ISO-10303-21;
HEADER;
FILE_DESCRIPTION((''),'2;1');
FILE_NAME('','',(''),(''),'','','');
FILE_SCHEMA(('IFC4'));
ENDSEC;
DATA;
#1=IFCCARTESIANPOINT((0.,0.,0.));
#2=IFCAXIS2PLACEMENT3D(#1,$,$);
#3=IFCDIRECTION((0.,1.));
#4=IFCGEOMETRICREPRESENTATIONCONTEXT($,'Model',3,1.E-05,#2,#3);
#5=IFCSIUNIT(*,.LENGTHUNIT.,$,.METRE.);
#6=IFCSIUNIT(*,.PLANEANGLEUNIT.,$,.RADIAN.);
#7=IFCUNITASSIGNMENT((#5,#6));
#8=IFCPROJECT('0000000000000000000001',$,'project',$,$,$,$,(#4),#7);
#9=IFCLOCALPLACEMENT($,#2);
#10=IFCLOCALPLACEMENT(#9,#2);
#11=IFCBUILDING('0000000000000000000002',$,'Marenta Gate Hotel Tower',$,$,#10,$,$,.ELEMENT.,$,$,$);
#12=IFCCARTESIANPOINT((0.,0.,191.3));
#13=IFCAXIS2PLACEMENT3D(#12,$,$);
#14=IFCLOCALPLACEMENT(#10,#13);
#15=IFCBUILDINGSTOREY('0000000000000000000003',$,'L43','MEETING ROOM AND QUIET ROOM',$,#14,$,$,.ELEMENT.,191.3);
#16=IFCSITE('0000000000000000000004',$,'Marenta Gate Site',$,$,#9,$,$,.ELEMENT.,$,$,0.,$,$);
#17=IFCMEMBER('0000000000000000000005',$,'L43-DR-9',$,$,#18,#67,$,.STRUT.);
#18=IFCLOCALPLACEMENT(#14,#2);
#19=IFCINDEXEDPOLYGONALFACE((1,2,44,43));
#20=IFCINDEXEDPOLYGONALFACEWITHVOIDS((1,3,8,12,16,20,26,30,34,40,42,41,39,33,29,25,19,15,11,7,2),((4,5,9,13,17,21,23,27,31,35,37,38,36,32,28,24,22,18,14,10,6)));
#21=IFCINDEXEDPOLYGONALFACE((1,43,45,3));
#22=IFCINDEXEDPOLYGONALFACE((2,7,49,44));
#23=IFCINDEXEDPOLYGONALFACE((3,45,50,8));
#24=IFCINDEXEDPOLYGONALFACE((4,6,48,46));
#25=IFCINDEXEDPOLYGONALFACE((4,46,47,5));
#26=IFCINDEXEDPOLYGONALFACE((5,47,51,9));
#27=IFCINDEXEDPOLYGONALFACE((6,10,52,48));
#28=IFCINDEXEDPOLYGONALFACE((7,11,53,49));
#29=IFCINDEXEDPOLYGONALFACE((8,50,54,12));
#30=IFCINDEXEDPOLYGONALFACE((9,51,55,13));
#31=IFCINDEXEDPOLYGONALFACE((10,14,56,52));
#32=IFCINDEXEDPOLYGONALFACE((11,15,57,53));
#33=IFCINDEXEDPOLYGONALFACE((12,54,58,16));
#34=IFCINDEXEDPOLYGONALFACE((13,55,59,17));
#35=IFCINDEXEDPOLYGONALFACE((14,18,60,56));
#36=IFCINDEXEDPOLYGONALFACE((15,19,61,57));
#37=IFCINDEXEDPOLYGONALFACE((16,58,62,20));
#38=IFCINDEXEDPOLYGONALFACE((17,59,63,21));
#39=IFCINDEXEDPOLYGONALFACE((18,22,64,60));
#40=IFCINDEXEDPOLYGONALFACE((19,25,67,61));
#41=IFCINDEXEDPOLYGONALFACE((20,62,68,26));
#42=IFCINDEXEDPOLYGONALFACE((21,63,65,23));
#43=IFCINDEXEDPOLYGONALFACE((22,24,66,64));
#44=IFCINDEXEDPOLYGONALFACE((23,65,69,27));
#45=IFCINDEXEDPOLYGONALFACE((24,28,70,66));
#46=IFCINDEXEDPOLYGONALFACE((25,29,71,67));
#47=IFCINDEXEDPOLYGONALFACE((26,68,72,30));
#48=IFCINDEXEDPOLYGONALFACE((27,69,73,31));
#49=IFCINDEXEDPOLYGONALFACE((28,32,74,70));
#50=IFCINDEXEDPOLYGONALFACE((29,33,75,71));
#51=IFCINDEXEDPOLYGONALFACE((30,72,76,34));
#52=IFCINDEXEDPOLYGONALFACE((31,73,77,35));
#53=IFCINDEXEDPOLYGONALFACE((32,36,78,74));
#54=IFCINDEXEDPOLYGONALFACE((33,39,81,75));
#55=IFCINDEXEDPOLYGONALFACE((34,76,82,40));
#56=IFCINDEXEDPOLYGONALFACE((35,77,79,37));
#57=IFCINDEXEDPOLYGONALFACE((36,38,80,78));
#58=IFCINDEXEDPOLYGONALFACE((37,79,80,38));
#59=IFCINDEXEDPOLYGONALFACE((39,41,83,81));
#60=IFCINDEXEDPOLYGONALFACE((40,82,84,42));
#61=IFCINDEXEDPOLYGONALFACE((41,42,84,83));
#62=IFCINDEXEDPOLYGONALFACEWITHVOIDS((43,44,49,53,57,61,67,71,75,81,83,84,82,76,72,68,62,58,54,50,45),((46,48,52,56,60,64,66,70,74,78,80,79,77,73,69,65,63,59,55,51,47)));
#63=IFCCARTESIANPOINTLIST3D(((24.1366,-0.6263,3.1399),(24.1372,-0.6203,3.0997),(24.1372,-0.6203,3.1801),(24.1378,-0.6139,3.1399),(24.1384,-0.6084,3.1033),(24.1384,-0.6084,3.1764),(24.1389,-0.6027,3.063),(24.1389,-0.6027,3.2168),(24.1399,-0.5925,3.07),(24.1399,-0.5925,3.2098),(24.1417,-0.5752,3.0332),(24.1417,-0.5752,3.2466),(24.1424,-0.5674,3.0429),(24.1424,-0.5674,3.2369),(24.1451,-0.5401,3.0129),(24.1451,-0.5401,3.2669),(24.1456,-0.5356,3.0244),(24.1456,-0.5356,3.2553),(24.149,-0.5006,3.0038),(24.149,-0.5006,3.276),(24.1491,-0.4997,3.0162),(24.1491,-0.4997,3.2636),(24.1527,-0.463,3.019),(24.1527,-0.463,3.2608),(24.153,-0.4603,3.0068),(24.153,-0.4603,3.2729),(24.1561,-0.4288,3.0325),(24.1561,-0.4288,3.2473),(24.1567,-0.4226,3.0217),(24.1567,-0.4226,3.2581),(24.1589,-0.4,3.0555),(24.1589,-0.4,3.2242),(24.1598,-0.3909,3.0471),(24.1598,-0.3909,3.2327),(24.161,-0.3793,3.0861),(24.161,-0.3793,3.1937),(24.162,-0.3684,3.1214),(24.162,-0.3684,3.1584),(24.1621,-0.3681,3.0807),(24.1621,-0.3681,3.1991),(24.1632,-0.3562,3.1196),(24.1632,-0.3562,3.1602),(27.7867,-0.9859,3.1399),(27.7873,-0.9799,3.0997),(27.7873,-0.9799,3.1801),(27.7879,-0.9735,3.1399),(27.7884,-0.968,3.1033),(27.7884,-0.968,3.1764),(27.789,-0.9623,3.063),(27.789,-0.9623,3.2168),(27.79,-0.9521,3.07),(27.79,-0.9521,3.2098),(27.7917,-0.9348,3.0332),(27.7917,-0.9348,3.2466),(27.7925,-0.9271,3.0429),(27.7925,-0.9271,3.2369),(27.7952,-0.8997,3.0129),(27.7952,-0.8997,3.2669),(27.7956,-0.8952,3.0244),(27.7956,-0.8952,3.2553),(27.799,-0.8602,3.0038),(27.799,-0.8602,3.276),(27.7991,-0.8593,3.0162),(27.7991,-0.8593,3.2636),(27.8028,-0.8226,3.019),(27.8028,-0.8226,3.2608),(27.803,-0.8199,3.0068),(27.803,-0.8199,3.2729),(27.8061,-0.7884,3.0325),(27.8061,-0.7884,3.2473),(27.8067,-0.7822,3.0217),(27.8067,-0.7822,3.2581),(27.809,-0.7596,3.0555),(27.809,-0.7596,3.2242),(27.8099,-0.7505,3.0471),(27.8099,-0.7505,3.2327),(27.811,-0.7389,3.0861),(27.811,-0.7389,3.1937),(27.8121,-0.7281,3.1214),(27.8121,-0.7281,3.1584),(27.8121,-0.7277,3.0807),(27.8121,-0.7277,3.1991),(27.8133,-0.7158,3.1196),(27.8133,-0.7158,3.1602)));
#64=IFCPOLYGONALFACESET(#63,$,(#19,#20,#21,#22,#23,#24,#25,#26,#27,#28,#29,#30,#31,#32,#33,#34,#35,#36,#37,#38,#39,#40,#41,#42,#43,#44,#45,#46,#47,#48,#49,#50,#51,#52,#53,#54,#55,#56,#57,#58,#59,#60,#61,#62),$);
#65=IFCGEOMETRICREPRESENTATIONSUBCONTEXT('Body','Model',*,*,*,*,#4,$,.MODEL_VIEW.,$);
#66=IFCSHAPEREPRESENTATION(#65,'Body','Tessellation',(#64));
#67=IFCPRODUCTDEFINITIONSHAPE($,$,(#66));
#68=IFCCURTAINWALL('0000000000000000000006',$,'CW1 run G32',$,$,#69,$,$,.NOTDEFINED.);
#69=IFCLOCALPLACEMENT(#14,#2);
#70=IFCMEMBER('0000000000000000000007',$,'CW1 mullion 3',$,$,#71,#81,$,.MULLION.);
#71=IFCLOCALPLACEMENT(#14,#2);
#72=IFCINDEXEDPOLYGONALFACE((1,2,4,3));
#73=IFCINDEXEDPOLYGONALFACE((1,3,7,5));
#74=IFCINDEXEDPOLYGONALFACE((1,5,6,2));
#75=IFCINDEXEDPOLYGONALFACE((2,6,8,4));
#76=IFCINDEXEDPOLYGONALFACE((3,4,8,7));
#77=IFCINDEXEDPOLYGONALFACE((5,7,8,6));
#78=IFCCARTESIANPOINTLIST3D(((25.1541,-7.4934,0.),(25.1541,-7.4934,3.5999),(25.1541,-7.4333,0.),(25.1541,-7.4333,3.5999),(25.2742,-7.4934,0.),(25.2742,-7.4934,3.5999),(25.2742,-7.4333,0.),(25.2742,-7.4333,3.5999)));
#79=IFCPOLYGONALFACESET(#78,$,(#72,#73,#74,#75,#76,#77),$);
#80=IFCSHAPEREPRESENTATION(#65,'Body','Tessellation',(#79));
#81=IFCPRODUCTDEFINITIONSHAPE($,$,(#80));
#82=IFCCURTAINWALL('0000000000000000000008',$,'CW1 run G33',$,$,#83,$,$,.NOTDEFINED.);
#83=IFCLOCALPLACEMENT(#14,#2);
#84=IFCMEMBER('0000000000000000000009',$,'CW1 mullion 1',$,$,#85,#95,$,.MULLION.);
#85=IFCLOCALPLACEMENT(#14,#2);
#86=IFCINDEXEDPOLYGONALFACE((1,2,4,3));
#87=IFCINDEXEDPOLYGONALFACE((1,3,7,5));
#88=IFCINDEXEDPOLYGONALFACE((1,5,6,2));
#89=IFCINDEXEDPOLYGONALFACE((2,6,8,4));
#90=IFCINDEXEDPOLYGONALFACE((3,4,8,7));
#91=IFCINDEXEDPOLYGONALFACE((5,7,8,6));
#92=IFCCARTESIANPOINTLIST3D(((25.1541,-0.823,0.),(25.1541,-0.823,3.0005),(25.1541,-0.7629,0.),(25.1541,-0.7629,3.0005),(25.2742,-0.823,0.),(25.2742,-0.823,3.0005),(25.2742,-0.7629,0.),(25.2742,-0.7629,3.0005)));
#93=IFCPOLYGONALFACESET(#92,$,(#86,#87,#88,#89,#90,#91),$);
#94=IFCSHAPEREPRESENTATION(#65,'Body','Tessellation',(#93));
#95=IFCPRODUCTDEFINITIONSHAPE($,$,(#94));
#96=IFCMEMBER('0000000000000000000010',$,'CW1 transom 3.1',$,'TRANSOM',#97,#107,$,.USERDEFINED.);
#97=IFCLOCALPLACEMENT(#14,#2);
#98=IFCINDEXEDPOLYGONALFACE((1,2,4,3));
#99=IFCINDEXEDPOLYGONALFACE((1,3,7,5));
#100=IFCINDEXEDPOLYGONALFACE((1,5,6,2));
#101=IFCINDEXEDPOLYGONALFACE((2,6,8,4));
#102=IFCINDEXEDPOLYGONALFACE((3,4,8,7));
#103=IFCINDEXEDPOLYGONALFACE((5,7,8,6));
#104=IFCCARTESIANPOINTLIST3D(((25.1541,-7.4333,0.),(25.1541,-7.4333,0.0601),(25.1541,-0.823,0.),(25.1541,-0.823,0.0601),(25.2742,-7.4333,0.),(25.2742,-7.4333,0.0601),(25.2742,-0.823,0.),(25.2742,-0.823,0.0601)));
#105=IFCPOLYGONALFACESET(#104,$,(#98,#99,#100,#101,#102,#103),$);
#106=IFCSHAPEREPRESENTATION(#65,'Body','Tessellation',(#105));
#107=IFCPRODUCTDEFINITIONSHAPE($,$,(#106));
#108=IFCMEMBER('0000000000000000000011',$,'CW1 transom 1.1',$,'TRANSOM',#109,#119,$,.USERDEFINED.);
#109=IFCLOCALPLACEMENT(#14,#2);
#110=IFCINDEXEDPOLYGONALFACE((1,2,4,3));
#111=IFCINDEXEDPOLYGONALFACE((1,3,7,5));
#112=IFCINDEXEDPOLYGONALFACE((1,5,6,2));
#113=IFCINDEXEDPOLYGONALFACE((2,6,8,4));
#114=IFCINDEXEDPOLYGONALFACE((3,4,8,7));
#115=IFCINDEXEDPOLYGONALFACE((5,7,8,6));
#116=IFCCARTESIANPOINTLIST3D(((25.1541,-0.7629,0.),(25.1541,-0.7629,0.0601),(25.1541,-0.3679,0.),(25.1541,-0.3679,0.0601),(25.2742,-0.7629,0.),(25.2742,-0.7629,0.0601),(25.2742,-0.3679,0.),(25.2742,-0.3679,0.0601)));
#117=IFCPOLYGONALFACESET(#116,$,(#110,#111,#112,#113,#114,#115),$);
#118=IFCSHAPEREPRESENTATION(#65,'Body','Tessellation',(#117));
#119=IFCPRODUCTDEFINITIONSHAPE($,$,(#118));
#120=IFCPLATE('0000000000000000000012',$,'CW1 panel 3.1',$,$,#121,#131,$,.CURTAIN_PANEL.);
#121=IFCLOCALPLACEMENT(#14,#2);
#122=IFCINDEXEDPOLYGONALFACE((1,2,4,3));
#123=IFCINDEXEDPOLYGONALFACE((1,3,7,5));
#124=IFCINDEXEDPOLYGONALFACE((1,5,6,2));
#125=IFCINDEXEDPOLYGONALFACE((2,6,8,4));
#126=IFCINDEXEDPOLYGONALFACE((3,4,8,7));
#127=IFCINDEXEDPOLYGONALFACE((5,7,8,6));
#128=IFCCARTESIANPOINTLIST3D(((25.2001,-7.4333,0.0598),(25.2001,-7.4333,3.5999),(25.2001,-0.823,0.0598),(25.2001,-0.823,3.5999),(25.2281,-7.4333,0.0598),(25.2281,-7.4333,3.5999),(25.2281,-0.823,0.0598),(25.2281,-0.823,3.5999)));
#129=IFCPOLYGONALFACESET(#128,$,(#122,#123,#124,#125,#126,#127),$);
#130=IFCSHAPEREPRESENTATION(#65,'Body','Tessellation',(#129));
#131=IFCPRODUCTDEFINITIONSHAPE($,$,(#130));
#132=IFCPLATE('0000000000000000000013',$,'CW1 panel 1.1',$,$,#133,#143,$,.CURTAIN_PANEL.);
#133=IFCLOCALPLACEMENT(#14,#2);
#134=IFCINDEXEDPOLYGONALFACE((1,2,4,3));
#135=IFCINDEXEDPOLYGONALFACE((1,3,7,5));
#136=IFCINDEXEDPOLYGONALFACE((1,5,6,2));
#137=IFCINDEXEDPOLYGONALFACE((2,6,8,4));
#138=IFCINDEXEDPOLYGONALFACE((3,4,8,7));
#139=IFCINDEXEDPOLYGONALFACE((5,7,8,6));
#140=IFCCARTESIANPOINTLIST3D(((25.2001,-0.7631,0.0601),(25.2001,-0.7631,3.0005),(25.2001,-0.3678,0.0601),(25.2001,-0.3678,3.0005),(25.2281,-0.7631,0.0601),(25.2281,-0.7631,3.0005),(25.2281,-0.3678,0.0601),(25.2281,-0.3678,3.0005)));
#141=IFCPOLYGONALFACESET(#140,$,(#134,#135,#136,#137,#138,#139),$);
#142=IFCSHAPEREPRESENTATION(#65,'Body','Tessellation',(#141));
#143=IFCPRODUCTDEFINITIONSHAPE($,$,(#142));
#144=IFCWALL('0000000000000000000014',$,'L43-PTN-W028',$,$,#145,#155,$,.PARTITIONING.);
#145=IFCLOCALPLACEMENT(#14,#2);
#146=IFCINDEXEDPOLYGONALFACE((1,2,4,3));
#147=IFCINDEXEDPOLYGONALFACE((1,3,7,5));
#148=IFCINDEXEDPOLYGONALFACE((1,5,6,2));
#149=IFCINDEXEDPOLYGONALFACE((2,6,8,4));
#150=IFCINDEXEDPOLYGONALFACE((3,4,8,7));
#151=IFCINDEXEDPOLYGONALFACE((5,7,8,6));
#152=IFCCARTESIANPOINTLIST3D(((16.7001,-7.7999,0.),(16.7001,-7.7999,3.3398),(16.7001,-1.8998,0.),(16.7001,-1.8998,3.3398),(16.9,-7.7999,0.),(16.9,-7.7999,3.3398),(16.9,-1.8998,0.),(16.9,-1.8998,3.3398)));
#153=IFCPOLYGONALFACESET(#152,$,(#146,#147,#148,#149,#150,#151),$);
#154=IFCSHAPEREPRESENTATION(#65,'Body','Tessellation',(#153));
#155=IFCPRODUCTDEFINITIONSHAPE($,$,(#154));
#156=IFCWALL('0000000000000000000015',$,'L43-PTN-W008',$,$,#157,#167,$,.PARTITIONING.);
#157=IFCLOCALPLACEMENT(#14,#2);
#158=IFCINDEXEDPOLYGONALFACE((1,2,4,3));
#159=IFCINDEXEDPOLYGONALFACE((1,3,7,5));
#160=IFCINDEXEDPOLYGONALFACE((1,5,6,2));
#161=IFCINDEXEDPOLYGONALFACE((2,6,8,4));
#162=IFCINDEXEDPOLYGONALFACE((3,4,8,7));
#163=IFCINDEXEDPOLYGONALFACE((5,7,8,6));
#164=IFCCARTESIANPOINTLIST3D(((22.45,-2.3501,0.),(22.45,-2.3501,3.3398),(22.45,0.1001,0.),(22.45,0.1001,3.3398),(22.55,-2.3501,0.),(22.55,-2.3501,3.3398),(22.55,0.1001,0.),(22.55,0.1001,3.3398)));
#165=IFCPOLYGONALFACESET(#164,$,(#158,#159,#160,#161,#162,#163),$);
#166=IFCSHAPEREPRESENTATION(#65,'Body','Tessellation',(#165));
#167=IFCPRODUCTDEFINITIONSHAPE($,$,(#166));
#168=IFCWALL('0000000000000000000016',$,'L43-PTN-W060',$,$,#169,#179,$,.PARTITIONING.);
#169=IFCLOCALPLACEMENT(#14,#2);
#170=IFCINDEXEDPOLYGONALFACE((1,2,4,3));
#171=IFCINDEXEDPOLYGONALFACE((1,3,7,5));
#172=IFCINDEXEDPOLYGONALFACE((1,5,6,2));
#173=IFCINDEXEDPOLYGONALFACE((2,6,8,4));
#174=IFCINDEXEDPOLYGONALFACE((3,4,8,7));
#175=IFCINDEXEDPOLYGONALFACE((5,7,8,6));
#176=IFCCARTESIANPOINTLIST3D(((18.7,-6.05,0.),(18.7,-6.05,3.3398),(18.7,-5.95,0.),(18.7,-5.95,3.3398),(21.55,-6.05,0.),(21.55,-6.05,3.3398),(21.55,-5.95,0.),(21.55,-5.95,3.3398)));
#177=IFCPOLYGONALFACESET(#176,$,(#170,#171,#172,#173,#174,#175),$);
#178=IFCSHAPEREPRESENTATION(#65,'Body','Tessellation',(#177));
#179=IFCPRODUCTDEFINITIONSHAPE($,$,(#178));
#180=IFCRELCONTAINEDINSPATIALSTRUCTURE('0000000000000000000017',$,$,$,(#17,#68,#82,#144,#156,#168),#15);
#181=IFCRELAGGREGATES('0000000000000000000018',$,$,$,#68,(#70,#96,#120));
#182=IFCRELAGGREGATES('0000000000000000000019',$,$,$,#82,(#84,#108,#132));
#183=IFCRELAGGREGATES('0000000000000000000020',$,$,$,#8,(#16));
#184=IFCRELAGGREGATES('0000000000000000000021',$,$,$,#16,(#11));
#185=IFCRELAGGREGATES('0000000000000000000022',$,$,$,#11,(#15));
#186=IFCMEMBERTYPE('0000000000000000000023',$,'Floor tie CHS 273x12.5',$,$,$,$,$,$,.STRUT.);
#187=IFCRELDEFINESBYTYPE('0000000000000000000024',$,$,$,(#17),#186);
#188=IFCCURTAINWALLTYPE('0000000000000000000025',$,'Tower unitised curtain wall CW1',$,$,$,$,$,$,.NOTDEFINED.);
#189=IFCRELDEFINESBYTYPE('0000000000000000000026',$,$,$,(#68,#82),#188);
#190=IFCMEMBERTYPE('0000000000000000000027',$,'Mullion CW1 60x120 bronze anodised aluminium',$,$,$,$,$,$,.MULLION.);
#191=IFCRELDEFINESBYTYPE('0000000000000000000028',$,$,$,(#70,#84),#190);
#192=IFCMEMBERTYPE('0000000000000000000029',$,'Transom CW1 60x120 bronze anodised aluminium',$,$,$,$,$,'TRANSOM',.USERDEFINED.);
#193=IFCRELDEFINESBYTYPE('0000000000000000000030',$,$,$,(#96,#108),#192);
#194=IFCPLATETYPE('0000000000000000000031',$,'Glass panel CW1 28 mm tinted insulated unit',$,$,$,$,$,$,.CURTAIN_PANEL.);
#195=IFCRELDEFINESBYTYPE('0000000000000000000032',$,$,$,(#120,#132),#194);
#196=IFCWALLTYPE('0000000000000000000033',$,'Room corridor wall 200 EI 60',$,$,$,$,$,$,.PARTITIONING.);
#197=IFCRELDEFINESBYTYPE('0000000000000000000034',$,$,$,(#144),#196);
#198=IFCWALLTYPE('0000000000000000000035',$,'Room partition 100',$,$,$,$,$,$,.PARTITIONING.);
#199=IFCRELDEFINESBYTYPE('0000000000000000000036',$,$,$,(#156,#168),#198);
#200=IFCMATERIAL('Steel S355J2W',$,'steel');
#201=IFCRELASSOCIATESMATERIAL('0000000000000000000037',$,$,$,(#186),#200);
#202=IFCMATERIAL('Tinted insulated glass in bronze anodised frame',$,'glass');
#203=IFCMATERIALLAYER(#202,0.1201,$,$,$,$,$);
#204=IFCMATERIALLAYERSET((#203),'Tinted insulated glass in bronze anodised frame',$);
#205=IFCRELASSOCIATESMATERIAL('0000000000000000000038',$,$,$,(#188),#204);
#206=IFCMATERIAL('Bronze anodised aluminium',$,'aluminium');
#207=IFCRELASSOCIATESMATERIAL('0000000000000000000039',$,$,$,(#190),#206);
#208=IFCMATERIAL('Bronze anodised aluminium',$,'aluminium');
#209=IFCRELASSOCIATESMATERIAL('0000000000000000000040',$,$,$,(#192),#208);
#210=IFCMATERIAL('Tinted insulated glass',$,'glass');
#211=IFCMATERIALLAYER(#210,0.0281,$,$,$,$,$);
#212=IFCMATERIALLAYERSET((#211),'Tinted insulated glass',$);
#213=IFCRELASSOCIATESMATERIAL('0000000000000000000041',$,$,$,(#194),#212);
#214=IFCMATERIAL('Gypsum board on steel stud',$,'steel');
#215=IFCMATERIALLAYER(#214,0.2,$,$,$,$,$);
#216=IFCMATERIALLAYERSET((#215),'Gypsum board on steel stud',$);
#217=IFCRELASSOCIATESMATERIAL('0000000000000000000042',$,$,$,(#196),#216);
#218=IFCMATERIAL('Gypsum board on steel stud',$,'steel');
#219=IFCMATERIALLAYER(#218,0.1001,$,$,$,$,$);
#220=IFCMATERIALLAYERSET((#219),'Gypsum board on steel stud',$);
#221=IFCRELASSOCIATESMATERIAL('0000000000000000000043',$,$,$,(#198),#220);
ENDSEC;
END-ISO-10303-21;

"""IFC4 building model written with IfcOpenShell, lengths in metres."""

from ifc_helpers import new_model, si_unit, direction, frame, frame_2d, origin, origin_2d, place, context, subcontext, project, spatial, rectangle, hollow_circle, extrude, material, layer, layer_set, material_profile, profile_set, type_object, element, aggregate, save


model = new_model("IFC4")

# Units and contexts
model_context = context("Model", 3, precision=1e-05, world=origin(), true_north=direction((0.0, 1.0)))
body_context = subcontext(model_context, "Body", "Model", "MODEL_VIEW")
ifc_project = project(units=[si_unit("LENGTHUNIT", "METRE"), si_unit("PLANEANGLEUNIT", "RADIAN")], contexts=[model_context])

# Site, building, storey
site_placement = place(None, origin())
site = spatial("IfcSite", under=ifc_project, at=site_placement, Name="Marenta Gate Site", CompositionType="ELEMENT", RefElevation=0.0)
building_placement = place(site_placement, origin())
building = spatial("IfcBuilding", under=site, at=building_placement, Name="Marenta Gate Hotel Tower", CompositionType="ELEMENT")
storey_placement = place(building_placement, frame((0.0, 0.0, 191.3)))
storey = spatial("IfcBuildingStorey", under=building, at=storey_placement, Name="L43", Description="MEETING ROOM AND QUIET ROOM", CompositionType="ELEMENT", Elevation=191.3)

# Member
ifc_material_1 = material(Name="Steel S355J2W", Category="steel")
ifc_material_profile_1 = material_profile(ifc_material_1, hollow_circle(Radius=0.1365, WallThickness=0.0125, at=origin_2d()), Name="CHS 273x12.5")
ifc_profile_set_1 = profile_set([ifc_material_profile_1], Name="Steel S355J2W")
member_type_1 = type_object("IfcMemberType", Name="Floor tie CHS 273x12.5", PredefinedType="STRUT", material=ifc_profile_set_1)
member_1_placement = place(storey_placement, frame((27.8, -0.8501, 3.1399), z_axis=(-0.995182, 0.098047, 0.0), x_axis=(-0.098047, -0.995182, 0.0)))
element("IfcMember", 1, at=member_1_placement, inside=storey, type_object=member_type_1, Name="L43-DR-9", PredefinedType="STRUT", context=body_context, shape_type="SweptSolid", body=[
    extrude(hollow_circle(Radius=0.1365, WallThickness=0.0125, at=origin_2d()), origin(), (0.0, 0.0, 1.0), 3.6677),
])

# Curtain walls, members
ifc_material_2 = material(Name="Tinted insulated glass in bronze anodised frame", Category="glass")
ifc_layer_1 = layer(ifc_material_2, 0.1201)
ifc_layer_set_1 = layer_set([ifc_layer_1], Name="Tinted insulated glass in bronze anodised frame")
curtain_wall_type = type_object("IfcCurtainWallType", Name="Tower unitised curtain wall CW1", PredefinedType="NOTDEFINED", material=ifc_layer_set_1)
curtain_wall_1_placement = place(storey_placement, origin())
curtain_wall_1 = element("IfcCurtainWall", 2, at=curtain_wall_1_placement, inside=storey, type_object=curtain_wall_type, Name="CW1 run G32", PredefinedType="NOTDEFINED")
ifc_material_3 = material(Name="Bronze anodised aluminium", Category="aluminium")
ifc_material_profile_2 = material_profile(ifc_material_3, rectangle(XDim=0.1201, YDim=0.0601, at=origin_2d()), Name="Mullion CW1 60x120 bronze anodised aluminium")
ifc_profile_set_2 = profile_set([ifc_material_profile_2], Name="Bronze anodised aluminium")
member_type_2 = type_object("IfcMemberType", Name="Mullion CW1 60x120 bronze anodised aluminium", PredefinedType="MULLION", material=ifc_profile_set_2)
member_2_placement = place(storey_placement, frame((25.2141, -7.4634, 0.0), z_axis=(0.0, 0.0, 1.0), x_axis=(-1.0, 0.0, 0.0)))
member_2 = element("IfcMember", 3, at=member_2_placement, type_object=member_type_2, Name="CW1 mullion 3", PredefinedType="MULLION", context=body_context, shape_type="SweptSolid", body=[
    extrude(rectangle(XDim=0.1201, YDim=0.0601, at=origin_2d()), origin(), (0.0, 0.0, 1.0), 3.5999),
])
curtain_wall_2_placement = place(storey_placement, origin())
curtain_wall_2 = element("IfcCurtainWall", 4, at=curtain_wall_2_placement, inside=storey, type_object=curtain_wall_type, Name="CW1 run G33", PredefinedType="NOTDEFINED")
member_3_placement = place(storey_placement, frame((25.2141, -0.793, 0.0), z_axis=(0.0, 0.0, 1.0), x_axis=(-1.0, 0.0, 0.0)))
member_3 = element("IfcMember", 5, at=member_3_placement, type_object=member_type_2, Name="CW1 mullion 1", PredefinedType="MULLION", context=body_context, shape_type="SweptSolid", body=[
    extrude(rectangle(XDim=0.1201, YDim=0.0601, at=origin_2d()), origin(), (0.0, 0.0, 1.0), 3.0005),
])

# Members
ifc_material_4 = material(Name="Bronze anodised aluminium", Category="aluminium")
ifc_material_profile_3 = material_profile(ifc_material_4, rectangle(XDim=0.1201, YDim=0.0601, at=origin_2d()), Name="Transom CW1 60x120 bronze anodised aluminium")
ifc_profile_set_3 = profile_set([ifc_material_profile_3], Name="Bronze anodised aluminium")
member_type_3 = type_object("IfcMemberType", Name="Transom CW1 60x120 bronze anodised aluminium", ElementType="TRANSOM", PredefinedType="USERDEFINED", material=ifc_profile_set_3)
member_4_placement = place(storey_placement, frame((25.2141, -7.4333, 0.03), z_axis=(0.0, 1.0, 0.0), x_axis=(-1.0, 0.0, 0.0)))
member_4 = element("IfcMember", 6, at=member_4_placement, type_object=member_type_3, Name="CW1 transom 3.1", ObjectType="TRANSOM", PredefinedType="USERDEFINED", context=body_context, shape_type="SweptSolid", body=[
    extrude(rectangle(XDim=0.1201, YDim=0.0601, at=origin_2d()), origin(), (0.0, 0.0, 1.0), 6.6104),
])
member_5_placement = place(storey_placement, frame((25.2141, -0.7629, 0.03), z_axis=(0.0, 1.0, 0.0), x_axis=(-1.0, 0.0, 0.0)))
member_5 = element("IfcMember", 7, at=member_5_placement, type_object=member_type_3, Name="CW1 transom 1.1", ObjectType="TRANSOM", PredefinedType="USERDEFINED", context=body_context, shape_type="SweptSolid", body=[
    extrude(rectangle(XDim=0.1201, YDim=0.0601, at=origin_2d()), origin(), (0.0, 0.0, 1.0), 0.395),
])

# Plates
ifc_material_5 = material(Name="Tinted insulated glass", Category="glass")
ifc_layer_2 = layer(ifc_material_5, 0.0281)
ifc_layer_set_2 = layer_set([ifc_layer_2], Name="Tinted insulated glass")
plate_type = type_object("IfcPlateType", Name="Glass panel CW1 28 mm tinted insulated unit", PredefinedType="CURTAIN_PANEL", material=ifc_layer_set_2)
plate_1_placement = place(storey_placement, frame((25.2141, -4.1282, 0.0598), z_axis=(0.0, 0.0, 1.0), x_axis=(0.0, 1.0, 0.0)))
plate_1 = element("IfcPlate", 8, at=plate_1_placement, type_object=plate_type, Name="CW1 panel 3.1", PredefinedType="CURTAIN_PANEL", context=body_context, shape_type="SweptSolid", body=[
    extrude(rectangle(XDim=6.6104, YDim=0.0281, at=origin_2d()), origin(), (0.0, 0.0, 1.0), 3.54),
])
aggregate(curtain_wall_1, [member_2, member_4, plate_1])
plate_2_placement = place(storey_placement, frame((25.2141, -0.5654, 0.0601), z_axis=(0.0, 0.0, 1.0), x_axis=(0.0, 1.0, 0.0)))
plate_2 = element("IfcPlate", 9, at=plate_2_placement, type_object=plate_type, Name="CW1 panel 1.1", PredefinedType="CURTAIN_PANEL", context=body_context, shape_type="SweptSolid", body=[
    extrude(rectangle(XDim=0.3953, YDim=0.0281, at=origin_2d()), origin(), (0.0, 0.0, 1.0), 2.9404),
])
aggregate(curtain_wall_2, [member_3, member_5, plate_2])

# Walls
ifc_material_6 = material(Name="Gypsum board on steel stud", Category="steel")
ifc_layer_3 = layer(ifc_material_6, 0.2)
ifc_layer_set_3 = layer_set([ifc_layer_3], Name="Gypsum board on steel stud")
wall_type_1 = type_object("IfcWallType", Name="Room corridor wall 200 EI 60", PredefinedType="PARTITIONING", material=ifc_layer_set_3)
wall_1_placement = place(storey_placement, frame((16.8, -7.8, 0.0), z_axis=(0.0, 0.0, 1.0), x_axis=(0.0, 1.0, 0.0)))
element("IfcWall", 10, at=wall_1_placement, inside=storey, type_object=wall_type_1, Name="L43-PTN-W028", PredefinedType="PARTITIONING", context=body_context, shape_type="SweptSolid", body=[
    extrude(rectangle(XDim=5.9001, YDim=0.2, at=frame_2d((2.9502, 0.0))), origin(), (0.0, 0.0, 1.0), 3.3398),
])
ifc_material_7 = material(Name="Gypsum board on steel stud", Category="steel")
ifc_layer_4 = layer(ifc_material_7, 0.1001)
ifc_layer_set_4 = layer_set([ifc_layer_4], Name="Gypsum board on steel stud")
wall_type_2 = type_object("IfcWallType", Name="Room partition 100", PredefinedType="PARTITIONING", material=ifc_layer_set_4)
wall_2_placement = place(storey_placement, frame((22.5, -2.3501, 0.0), z_axis=(0.0, 0.0, 1.0), x_axis=(0.0, 1.0, 0.0)))
element("IfcWall", 11, at=wall_2_placement, inside=storey, type_object=wall_type_2, Name="L43-PTN-W008", PredefinedType="PARTITIONING", context=body_context, shape_type="SweptSolid", body=[
    extrude(rectangle(XDim=2.4502, YDim=0.1001, at=frame_2d((1.2251, 0.0))), origin(), (0.0, 0.0, 1.0), 3.3398),
])
wall_3_placement = place(storey_placement, frame((18.7, -6.0, 0.0), z_axis=(0.0, 0.0, 1.0), x_axis=(1.0, 0.0, 0.0)))
element("IfcWall", 12, at=wall_3_placement, inside=storey, type_object=wall_type_2, Name="L43-PTN-W060", PredefinedType="PARTITIONING", context=body_context, shape_type="SweptSolid", body=[
    extrude(rectangle(XDim=2.8501, YDim=0.1001, at=frame_2d((1.425, 0.0))), origin(), (0.0, 0.0, 1.0), 3.3398),
])

save(model, "model.ifc")
